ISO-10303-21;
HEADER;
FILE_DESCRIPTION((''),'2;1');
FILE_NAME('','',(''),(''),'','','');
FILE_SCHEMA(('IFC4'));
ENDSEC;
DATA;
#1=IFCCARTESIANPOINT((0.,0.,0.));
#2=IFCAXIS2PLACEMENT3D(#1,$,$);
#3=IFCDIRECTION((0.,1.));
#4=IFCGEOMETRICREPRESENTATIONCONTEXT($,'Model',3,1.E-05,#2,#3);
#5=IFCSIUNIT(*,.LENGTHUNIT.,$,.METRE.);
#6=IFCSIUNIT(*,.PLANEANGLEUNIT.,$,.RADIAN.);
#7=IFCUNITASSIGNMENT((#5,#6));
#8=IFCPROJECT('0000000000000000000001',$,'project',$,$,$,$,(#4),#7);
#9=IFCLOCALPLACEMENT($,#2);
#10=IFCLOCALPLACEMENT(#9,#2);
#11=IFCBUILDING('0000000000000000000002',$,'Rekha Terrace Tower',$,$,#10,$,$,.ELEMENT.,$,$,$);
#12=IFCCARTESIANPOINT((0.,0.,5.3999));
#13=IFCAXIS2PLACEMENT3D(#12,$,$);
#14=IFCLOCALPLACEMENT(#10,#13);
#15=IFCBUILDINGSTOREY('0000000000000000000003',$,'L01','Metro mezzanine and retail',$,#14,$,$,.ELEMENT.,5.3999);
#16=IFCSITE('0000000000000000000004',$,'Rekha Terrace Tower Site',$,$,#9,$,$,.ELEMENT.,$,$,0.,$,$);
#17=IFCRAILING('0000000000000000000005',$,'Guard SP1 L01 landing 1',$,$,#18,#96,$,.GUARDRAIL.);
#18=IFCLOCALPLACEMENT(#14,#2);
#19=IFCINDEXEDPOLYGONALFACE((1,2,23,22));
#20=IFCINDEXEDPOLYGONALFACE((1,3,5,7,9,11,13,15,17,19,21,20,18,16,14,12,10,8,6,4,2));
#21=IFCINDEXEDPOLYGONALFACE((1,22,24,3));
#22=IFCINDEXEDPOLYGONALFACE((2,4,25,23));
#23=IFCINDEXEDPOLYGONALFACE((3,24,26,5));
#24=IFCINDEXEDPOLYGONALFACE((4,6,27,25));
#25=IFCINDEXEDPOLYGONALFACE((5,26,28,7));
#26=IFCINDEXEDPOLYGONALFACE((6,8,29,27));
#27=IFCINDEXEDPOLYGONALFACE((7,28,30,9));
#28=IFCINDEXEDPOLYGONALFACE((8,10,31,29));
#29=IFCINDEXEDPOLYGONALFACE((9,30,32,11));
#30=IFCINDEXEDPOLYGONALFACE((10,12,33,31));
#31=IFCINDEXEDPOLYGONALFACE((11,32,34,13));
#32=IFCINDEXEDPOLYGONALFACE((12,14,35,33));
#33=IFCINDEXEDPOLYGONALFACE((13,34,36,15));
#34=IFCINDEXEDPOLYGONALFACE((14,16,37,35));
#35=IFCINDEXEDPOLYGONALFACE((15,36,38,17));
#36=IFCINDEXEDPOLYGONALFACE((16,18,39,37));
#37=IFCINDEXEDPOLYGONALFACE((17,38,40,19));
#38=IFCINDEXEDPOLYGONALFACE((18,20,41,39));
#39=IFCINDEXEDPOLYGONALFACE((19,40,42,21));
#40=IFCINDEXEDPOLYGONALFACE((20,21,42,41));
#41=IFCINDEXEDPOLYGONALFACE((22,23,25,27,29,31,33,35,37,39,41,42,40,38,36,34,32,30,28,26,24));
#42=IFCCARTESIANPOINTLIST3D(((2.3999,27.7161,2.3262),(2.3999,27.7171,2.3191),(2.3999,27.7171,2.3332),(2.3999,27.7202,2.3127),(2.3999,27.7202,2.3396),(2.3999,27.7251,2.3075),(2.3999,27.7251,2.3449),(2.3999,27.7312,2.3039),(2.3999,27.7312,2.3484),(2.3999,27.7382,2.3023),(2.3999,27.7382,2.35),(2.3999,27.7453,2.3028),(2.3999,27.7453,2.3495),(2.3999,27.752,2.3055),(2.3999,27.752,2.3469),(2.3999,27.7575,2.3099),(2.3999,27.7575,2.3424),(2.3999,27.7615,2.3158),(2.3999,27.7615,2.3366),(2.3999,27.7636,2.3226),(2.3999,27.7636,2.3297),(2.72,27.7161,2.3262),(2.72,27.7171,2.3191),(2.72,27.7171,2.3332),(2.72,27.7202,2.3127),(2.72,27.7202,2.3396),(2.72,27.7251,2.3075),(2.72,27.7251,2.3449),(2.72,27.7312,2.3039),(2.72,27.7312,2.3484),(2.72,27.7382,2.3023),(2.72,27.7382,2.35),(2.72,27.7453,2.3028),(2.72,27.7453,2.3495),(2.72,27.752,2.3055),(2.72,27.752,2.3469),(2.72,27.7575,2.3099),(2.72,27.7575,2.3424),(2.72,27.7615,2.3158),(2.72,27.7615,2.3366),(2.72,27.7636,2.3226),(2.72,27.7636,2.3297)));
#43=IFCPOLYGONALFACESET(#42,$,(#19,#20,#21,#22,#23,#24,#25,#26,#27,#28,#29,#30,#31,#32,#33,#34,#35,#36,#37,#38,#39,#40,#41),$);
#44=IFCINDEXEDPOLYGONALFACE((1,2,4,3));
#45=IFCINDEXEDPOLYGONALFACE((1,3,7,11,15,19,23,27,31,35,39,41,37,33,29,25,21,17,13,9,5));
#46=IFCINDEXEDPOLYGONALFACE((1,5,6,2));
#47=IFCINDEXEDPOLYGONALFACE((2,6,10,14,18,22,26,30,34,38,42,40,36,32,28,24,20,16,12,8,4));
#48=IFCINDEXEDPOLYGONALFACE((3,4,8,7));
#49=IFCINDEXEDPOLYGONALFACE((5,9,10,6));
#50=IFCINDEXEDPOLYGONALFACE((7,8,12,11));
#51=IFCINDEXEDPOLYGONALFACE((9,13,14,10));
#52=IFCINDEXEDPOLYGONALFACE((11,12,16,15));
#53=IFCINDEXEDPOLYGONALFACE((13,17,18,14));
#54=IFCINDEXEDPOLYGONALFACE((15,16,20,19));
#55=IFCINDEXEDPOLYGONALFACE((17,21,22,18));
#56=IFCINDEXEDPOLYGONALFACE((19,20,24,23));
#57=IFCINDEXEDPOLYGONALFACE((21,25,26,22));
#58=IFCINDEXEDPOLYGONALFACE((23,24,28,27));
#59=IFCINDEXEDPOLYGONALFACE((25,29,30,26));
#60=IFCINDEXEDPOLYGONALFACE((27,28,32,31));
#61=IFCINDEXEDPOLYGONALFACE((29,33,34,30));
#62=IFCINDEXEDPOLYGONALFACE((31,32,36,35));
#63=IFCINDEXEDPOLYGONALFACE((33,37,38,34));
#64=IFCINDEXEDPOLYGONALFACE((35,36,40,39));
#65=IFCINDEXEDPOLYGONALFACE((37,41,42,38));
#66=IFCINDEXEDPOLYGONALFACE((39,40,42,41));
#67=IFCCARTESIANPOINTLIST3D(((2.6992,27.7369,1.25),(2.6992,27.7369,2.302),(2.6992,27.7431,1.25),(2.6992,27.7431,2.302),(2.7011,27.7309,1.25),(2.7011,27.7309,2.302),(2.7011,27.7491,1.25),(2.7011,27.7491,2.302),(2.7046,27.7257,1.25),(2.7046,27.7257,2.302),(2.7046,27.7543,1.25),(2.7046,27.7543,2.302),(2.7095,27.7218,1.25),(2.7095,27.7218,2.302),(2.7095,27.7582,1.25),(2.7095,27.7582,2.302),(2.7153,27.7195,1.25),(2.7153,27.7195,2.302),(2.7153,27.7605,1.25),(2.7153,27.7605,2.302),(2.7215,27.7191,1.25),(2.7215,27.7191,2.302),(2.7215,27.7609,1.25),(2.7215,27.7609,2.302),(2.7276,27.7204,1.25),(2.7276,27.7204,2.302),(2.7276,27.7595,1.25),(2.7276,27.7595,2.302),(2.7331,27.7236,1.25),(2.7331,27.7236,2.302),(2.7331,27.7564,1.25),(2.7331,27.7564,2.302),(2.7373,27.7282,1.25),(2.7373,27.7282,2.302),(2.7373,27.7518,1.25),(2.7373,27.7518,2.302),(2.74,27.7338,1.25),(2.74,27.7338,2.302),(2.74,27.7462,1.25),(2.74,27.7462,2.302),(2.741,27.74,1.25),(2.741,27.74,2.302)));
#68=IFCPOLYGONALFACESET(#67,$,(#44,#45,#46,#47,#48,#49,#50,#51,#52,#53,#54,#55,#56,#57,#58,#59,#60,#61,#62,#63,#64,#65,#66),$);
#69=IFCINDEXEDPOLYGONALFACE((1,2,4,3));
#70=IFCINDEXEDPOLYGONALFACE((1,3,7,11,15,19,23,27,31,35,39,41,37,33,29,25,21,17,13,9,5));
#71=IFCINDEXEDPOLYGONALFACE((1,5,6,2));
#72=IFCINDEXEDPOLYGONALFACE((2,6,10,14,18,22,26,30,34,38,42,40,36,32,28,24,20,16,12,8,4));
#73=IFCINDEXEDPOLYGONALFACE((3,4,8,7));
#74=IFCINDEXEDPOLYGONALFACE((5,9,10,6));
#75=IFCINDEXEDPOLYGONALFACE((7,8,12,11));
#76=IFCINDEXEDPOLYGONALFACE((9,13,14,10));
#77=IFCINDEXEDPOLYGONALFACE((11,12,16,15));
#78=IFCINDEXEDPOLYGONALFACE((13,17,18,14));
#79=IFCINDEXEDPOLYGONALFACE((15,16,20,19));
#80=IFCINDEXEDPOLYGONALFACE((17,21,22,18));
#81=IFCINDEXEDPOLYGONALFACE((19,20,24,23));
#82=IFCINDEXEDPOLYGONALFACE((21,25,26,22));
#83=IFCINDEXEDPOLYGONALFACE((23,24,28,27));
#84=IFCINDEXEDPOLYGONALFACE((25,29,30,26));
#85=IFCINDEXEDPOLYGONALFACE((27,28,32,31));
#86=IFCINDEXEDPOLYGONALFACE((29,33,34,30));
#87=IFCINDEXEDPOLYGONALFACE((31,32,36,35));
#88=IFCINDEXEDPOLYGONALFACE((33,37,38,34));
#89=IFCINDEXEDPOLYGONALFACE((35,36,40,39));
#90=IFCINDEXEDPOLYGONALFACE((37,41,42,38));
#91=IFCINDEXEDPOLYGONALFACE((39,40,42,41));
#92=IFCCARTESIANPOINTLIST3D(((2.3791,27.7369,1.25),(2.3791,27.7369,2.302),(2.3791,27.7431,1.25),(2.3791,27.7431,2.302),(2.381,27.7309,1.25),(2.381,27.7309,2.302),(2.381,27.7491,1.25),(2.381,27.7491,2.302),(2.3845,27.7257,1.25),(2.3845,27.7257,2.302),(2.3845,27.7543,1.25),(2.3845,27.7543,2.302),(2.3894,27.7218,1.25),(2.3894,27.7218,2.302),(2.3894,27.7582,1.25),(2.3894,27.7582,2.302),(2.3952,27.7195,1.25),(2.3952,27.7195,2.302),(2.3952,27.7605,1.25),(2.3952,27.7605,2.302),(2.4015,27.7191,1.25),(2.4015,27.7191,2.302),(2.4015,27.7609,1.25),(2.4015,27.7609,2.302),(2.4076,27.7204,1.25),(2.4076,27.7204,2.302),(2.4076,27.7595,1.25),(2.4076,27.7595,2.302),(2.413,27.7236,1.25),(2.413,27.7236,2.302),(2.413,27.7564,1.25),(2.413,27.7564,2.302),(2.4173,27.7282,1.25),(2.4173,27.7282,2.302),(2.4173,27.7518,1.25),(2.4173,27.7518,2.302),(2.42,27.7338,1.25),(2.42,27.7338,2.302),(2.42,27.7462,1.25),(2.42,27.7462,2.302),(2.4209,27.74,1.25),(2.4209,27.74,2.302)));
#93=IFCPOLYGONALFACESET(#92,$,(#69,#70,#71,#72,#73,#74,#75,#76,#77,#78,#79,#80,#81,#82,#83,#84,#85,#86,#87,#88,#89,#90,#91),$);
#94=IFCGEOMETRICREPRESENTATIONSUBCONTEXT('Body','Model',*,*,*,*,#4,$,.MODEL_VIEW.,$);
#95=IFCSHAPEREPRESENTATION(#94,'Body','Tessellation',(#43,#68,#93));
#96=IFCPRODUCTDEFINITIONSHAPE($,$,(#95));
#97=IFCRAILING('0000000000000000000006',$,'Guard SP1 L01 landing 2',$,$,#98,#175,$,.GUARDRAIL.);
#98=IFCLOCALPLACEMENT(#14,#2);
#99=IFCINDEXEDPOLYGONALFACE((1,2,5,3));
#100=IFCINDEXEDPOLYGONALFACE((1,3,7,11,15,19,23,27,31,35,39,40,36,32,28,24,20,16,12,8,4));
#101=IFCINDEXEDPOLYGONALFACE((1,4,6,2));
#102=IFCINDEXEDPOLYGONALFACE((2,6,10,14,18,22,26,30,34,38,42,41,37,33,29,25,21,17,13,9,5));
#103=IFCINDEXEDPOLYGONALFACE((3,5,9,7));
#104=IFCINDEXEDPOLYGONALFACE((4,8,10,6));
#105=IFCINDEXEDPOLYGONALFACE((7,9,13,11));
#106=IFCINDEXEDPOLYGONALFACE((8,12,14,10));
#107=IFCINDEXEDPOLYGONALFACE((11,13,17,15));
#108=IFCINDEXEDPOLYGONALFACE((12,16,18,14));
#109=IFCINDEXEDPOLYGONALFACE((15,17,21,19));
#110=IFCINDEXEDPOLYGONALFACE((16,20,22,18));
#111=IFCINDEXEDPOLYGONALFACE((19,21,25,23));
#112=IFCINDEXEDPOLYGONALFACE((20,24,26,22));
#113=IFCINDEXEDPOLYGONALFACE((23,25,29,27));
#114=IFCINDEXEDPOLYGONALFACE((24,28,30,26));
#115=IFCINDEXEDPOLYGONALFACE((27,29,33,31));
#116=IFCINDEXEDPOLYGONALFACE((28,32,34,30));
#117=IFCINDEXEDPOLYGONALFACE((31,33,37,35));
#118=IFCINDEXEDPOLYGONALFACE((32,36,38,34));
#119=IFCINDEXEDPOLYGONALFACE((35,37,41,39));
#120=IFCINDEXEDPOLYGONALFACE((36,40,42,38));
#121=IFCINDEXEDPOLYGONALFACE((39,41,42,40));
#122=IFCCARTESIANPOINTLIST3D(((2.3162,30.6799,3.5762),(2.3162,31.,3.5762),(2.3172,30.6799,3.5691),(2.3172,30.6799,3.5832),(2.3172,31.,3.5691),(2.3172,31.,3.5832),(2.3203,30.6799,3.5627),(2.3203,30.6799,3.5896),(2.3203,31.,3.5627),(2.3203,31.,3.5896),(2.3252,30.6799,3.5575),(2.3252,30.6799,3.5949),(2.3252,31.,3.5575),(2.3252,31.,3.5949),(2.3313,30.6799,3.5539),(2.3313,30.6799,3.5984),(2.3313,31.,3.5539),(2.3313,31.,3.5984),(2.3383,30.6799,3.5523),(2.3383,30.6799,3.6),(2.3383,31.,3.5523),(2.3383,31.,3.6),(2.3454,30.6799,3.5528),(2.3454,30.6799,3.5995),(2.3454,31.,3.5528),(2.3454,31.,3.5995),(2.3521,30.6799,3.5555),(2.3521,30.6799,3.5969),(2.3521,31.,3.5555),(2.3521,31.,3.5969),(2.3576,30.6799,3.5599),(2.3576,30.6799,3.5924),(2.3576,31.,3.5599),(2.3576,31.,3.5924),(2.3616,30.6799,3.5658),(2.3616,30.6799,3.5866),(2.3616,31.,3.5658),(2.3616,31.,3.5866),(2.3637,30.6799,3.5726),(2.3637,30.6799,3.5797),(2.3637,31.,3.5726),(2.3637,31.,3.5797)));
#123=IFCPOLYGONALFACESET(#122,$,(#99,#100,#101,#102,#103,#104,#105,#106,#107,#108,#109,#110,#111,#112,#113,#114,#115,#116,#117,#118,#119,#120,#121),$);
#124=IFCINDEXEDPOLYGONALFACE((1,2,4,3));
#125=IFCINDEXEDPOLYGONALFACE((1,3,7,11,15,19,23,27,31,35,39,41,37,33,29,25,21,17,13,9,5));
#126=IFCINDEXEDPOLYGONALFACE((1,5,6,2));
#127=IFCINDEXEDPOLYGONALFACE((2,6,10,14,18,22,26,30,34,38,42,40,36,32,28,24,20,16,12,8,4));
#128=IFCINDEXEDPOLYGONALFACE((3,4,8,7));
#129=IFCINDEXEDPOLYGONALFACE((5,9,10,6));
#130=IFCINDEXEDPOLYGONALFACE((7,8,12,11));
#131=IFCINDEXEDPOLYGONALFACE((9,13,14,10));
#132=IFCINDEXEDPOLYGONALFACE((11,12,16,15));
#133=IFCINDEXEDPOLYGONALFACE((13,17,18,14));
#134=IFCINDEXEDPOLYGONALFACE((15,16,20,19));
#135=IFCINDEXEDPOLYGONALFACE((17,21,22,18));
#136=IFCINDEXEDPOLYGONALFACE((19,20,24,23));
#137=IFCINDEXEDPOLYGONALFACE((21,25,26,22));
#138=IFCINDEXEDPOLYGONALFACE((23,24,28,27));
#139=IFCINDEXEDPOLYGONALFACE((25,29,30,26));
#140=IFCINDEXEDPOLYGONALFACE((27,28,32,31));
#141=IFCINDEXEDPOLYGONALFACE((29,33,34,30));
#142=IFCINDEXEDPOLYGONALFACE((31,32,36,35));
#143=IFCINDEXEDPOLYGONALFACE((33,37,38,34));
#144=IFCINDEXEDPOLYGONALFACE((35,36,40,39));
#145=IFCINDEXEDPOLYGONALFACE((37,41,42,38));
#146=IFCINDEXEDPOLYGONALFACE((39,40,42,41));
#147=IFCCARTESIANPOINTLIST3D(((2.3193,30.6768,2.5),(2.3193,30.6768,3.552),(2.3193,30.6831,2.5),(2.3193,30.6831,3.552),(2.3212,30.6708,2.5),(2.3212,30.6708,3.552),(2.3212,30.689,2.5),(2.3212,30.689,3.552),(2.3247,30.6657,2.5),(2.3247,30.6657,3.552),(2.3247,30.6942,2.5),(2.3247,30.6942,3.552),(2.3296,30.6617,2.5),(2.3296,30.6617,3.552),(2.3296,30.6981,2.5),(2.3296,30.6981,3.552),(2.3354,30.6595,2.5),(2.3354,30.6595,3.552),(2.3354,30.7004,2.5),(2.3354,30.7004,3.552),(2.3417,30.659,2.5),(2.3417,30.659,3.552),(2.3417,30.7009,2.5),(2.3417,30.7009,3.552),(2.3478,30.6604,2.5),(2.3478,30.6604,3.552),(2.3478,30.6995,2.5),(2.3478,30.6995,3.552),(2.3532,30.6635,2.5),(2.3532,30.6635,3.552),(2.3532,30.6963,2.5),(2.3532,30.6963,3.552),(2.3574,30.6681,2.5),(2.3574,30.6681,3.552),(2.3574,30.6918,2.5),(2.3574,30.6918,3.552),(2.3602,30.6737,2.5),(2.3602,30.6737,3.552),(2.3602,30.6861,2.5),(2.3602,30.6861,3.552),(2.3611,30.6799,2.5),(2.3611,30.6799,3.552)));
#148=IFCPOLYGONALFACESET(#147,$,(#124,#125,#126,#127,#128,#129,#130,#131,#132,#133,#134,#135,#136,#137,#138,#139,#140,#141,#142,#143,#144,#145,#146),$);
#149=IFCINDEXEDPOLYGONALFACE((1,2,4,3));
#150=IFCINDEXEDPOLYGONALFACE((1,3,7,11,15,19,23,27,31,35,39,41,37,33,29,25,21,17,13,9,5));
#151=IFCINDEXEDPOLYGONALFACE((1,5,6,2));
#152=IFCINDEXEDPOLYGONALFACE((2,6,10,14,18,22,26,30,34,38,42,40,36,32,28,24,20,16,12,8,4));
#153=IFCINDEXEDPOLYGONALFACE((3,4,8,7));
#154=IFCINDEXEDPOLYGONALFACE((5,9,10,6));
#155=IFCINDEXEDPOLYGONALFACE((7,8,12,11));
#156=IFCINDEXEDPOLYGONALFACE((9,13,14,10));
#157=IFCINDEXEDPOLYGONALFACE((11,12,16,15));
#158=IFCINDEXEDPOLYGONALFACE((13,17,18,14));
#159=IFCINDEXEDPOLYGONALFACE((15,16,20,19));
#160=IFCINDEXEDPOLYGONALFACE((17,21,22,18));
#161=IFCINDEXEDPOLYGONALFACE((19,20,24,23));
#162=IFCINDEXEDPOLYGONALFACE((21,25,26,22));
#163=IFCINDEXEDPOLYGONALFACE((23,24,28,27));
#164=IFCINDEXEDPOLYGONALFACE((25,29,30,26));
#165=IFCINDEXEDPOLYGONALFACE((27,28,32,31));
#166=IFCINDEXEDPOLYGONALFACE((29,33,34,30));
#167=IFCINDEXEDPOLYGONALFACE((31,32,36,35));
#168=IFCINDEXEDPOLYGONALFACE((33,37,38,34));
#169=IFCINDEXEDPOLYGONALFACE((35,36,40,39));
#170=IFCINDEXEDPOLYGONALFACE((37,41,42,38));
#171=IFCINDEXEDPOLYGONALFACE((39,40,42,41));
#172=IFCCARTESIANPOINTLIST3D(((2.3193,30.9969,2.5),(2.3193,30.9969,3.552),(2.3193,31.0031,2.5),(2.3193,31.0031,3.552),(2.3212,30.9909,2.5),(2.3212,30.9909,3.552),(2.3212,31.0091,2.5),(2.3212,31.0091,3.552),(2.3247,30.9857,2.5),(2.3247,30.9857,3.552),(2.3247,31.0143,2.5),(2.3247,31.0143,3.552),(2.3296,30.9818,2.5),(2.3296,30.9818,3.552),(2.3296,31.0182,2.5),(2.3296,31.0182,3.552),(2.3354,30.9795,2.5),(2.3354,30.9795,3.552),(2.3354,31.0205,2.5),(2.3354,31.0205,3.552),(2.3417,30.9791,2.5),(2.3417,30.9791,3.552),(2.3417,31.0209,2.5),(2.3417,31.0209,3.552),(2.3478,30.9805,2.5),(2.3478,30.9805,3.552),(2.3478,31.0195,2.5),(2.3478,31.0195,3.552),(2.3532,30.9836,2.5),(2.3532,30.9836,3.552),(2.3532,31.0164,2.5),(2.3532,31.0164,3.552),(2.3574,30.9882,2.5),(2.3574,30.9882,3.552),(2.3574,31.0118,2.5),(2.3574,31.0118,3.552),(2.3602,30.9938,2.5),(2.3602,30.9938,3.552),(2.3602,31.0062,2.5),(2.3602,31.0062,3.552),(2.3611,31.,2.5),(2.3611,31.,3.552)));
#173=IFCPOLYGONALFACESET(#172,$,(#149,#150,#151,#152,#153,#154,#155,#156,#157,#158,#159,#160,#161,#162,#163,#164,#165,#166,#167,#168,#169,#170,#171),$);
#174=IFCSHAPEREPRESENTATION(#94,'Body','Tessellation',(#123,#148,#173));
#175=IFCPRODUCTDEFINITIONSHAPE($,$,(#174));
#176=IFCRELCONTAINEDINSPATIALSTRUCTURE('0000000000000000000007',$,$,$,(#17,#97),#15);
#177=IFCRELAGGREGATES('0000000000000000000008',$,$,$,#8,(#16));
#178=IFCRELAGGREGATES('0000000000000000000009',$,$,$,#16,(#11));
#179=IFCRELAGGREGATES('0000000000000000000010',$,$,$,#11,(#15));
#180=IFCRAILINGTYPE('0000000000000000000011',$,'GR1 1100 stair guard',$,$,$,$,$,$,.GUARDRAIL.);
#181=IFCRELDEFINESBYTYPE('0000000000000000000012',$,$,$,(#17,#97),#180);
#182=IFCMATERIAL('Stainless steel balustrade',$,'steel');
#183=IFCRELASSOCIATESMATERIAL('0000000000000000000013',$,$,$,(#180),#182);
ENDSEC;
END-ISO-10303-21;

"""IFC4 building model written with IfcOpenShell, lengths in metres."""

from ifc_helpers import new_model, si_unit, direction, frame, origin, origin_2d, place, context, subcontext, project, spatial, circle, extrude, material, type_object, element, save


model = new_model("IFC4")

# Units and contexts
model_context = context("Model", 3, precision=1e-05, world=origin(), true_north=direction((0.0, 1.0)))
body_context = subcontext(model_context, "Body", "Model", "MODEL_VIEW")
ifc_project = project(units=[si_unit("LENGTHUNIT", "METRE"), si_unit("PLANEANGLEUNIT", "RADIAN")], contexts=[model_context])

# Site, building, storey
site_placement = place(None, origin())
site = spatial("IfcSite", under=ifc_project, at=site_placement, Name="Rekha Terrace Tower Site", CompositionType="ELEMENT", RefElevation=0.0)
building_placement = place(site_placement, origin())
building = spatial("IfcBuilding", under=site, at=building_placement, Name="Rekha Terrace Tower", CompositionType="ELEMENT")
storey_placement = place(building_placement, frame((0.0, 0.0, 5.3999)))
storey = spatial("IfcBuildingStorey", under=building, at=storey_placement, Name="L01", Description="Metro mezzanine and retail", CompositionType="ELEMENT", Elevation=5.3999)

# Railings
ifc_material_1 = material(Name="Stainless steel balustrade", Category="steel")
railing_type_1 = type_object("IfcRailingType", Name="GR1 1100 stair guard", PredefinedType="GUARDRAIL", material=ifc_material_1)
railing_1_placement = place(storey_placement, frame((2.72, 27.74, 1.25)))
element("IfcRailing", 1, at=railing_1_placement, inside=storey, type_object=railing_type_1, Name="Guard SP1 L01 landing 1", PredefinedType="GUARDRAIL", context=body_context, shape_type="SweptSolid", body=[
    extrude(circle(Radius=0.0239, at=origin_2d()), frame((0.0, 0.0, 1.0762), z_axis=(-1.0, 0.0, 0.0), x_axis=(0.0, -1.0, 0.0)), (0.0, 0.0, 1.0), 0.3201),
    extrude(circle(Radius=0.021, at=origin_2d()), origin(), (0.0, 0.0, 1.0), 1.052),
    extrude(circle(Radius=0.021, at=origin_2d()), frame((-0.3201, 0.0, 0.0)), (0.0, 0.0, 1.0), 1.052),
])
for number, where, name in (
    (2, (2.3401, 30.6799, 2.5), "Guard SP1 L01 landing 2"),
):
    element("IfcRailing", number, at=place(storey_placement, frame(where)), inside=storey, type_object=railing_type_1, Name=name, PredefinedType="GUARDRAIL", context=body_context, shape_type="SweptSolid", body=[
        extrude(circle(Radius=0.0239, at=origin_2d()), frame((0.0, 0.0, 1.0762), z_axis=(0.0, 1.0, 0.0), x_axis=(-1.0, 0.0, 0.0)), (0.0, 0.0, 1.0), 0.3201),
        extrude(circle(Radius=0.021, at=origin_2d()), origin(), (0.0, 0.0, 1.0), 1.052),
        extrude(circle(Radius=0.021, at=origin_2d()), frame((0.0, 0.3201, 0.0)), (0.0, 0.0, 1.0), 1.052),
    ])

save(model, "model.ifc")
